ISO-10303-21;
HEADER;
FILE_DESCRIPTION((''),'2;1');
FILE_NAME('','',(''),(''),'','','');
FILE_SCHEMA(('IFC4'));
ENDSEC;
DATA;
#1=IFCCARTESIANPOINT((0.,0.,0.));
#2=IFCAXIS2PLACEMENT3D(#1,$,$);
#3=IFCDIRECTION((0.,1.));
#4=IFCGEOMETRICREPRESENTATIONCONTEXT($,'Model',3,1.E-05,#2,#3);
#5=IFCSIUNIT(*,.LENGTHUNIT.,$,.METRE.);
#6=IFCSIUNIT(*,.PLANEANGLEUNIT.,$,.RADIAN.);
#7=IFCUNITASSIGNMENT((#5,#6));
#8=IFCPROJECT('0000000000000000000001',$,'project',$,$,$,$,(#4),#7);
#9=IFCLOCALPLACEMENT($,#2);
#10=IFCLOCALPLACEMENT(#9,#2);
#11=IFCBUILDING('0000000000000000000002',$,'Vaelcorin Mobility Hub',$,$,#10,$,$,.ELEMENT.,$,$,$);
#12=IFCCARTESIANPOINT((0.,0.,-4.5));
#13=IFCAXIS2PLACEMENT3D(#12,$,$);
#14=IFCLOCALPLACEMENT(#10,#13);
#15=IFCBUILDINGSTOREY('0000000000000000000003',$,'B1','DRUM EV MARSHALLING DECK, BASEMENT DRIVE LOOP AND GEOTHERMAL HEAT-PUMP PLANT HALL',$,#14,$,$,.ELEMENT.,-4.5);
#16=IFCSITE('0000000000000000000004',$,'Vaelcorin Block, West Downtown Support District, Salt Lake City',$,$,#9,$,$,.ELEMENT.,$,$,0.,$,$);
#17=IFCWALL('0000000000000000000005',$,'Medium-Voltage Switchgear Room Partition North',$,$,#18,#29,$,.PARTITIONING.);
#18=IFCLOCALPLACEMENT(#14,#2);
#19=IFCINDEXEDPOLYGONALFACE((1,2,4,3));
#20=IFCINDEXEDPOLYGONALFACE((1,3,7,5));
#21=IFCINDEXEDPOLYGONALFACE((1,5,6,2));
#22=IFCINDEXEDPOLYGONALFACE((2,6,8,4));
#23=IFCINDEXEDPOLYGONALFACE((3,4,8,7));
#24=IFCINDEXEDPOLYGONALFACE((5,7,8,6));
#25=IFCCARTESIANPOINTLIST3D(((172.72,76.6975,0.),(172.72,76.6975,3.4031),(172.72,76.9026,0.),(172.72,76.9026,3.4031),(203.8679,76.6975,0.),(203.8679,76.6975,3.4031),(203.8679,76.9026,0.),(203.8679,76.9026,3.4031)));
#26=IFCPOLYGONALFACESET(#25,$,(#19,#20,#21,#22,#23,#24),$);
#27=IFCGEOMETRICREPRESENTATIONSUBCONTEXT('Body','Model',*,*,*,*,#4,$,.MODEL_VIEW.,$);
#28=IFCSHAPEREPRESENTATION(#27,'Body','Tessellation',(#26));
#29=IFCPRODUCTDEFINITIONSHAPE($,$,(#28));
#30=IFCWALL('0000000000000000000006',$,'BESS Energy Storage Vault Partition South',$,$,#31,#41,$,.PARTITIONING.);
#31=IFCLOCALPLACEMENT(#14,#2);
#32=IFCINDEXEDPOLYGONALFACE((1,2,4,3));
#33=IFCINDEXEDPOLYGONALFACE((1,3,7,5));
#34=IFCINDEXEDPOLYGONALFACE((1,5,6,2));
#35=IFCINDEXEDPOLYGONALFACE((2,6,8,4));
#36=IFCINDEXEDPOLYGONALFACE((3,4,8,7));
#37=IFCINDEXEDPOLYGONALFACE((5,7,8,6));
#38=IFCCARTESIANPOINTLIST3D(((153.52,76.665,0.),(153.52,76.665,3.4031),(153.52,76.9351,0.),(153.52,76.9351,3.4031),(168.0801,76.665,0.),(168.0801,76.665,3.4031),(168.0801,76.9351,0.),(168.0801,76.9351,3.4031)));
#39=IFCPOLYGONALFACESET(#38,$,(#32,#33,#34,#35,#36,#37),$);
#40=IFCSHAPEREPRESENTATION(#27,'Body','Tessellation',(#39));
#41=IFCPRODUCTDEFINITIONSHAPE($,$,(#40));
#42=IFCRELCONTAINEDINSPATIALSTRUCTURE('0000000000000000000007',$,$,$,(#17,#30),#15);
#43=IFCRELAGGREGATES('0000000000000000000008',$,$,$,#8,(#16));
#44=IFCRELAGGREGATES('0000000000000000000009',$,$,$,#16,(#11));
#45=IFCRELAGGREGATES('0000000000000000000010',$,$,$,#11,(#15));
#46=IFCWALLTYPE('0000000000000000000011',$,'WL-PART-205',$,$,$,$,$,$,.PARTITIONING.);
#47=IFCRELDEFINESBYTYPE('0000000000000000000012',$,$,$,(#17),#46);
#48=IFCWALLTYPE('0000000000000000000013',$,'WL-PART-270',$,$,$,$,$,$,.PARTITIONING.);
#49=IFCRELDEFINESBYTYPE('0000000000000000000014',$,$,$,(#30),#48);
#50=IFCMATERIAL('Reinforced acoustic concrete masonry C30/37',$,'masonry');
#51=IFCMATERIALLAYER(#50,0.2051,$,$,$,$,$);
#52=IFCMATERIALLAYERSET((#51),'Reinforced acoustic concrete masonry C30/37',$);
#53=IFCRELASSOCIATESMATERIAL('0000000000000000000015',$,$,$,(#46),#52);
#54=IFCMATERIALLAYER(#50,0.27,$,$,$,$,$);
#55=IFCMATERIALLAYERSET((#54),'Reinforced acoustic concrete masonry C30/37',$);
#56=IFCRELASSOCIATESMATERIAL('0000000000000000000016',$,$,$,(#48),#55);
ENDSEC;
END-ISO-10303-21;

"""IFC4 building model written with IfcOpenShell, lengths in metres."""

from ifc_helpers import new_model, si_unit, direction, frame, frame_2d, origin, place, context, subcontext, project, spatial, rectangle, extrude, material, layer, layer_set, type_object, element, save


model = new_model("IFC4")

# Units and contexts
model_context = context("Model", 3, precision=1e-05, world=origin(), true_north=direction((0.0, 1.0)))
body_context = subcontext(model_context, "Body", "Model", "MODEL_VIEW")
ifc_project = project(units=[si_unit("LENGTHUNIT", "METRE"), si_unit("PLANEANGLEUNIT", "RADIAN")], contexts=[model_context])

# Site, building, storey
site_placement = place(None, origin())
site = spatial("IfcSite", under=ifc_project, at=site_placement, Name="Vaelcorin Block, West Downtown Support District, Salt Lake City", CompositionType="ELEMENT", RefElevation=0.0)
building_placement = place(site_placement, origin())
building = spatial("IfcBuilding", under=site, at=building_placement, Name="Vaelcorin Mobility Hub", CompositionType="ELEMENT")
storey_placement = place(building_placement, frame((0.0, 0.0, -4.5)))
storey = spatial("IfcBuildingStorey", under=building, at=storey_placement, Name="B1", Description="DRUM EV MARSHALLING DECK, BASEMENT DRIVE LOOP AND GEOTHERMAL HEAT-PUMP PLANT HALL", CompositionType="ELEMENT", Elevation=-4.5)

# Walls
ifc_material_1 = material(Name="Reinforced acoustic concrete masonry C30/37", Category="masonry")
ifc_layer_1 = layer(ifc_material_1, 0.2051)
ifc_layer_set_1 = layer_set([ifc_layer_1], Name="Reinforced acoustic concrete masonry C30/37")
wall_type_1 = type_object("IfcWallType", Name="WL-PART-205", PredefinedType="PARTITIONING", material=ifc_layer_set_1)
wall_1_placement = place(storey_placement, frame((172.72, 76.8, 0.0), z_axis=(0.0, 0.0, 1.0), x_axis=(1.0, 0.0, 0.0)))
element("IfcWall", 1, at=wall_1_placement, inside=storey, type_object=wall_type_1, Name="Medium-Voltage Switchgear Room Partition North", PredefinedType="PARTITIONING", context=body_context, shape_type="SweptSolid", body=[
    extrude(rectangle(XDim=31.1479, YDim=0.2051, at=frame_2d((15.574, 0.0))), origin(), (0.0, 0.0, 1.0), 3.4031),
])
ifc_layer_2 = layer(ifc_material_1, 0.27)
ifc_layer_set_2 = layer_set([ifc_layer_2], Name="Reinforced acoustic concrete masonry C30/37")
wall_type_2 = type_object("IfcWallType", Name="WL-PART-270", PredefinedType="PARTITIONING", material=ifc_layer_set_2)
wall_2_placement = place(storey_placement, frame((168.0801, 76.8, 0.0), z_axis=(0.0, 0.0, 1.0), x_axis=(-1.0, 0.0, 0.0)))
element("IfcWall", 2, at=wall_2_placement, inside=storey, type_object=wall_type_2, Name="BESS Energy Storage Vault Partition South", PredefinedType="PARTITIONING", context=body_context, shape_type="SweptSolid", body=[
    extrude(rectangle(XDim=14.5601, YDim=0.27, at=frame_2d((7.28, 0.0))), origin(), (0.0, 0.0, 1.0), 3.4031),
])

save(model, "model.ifc")
